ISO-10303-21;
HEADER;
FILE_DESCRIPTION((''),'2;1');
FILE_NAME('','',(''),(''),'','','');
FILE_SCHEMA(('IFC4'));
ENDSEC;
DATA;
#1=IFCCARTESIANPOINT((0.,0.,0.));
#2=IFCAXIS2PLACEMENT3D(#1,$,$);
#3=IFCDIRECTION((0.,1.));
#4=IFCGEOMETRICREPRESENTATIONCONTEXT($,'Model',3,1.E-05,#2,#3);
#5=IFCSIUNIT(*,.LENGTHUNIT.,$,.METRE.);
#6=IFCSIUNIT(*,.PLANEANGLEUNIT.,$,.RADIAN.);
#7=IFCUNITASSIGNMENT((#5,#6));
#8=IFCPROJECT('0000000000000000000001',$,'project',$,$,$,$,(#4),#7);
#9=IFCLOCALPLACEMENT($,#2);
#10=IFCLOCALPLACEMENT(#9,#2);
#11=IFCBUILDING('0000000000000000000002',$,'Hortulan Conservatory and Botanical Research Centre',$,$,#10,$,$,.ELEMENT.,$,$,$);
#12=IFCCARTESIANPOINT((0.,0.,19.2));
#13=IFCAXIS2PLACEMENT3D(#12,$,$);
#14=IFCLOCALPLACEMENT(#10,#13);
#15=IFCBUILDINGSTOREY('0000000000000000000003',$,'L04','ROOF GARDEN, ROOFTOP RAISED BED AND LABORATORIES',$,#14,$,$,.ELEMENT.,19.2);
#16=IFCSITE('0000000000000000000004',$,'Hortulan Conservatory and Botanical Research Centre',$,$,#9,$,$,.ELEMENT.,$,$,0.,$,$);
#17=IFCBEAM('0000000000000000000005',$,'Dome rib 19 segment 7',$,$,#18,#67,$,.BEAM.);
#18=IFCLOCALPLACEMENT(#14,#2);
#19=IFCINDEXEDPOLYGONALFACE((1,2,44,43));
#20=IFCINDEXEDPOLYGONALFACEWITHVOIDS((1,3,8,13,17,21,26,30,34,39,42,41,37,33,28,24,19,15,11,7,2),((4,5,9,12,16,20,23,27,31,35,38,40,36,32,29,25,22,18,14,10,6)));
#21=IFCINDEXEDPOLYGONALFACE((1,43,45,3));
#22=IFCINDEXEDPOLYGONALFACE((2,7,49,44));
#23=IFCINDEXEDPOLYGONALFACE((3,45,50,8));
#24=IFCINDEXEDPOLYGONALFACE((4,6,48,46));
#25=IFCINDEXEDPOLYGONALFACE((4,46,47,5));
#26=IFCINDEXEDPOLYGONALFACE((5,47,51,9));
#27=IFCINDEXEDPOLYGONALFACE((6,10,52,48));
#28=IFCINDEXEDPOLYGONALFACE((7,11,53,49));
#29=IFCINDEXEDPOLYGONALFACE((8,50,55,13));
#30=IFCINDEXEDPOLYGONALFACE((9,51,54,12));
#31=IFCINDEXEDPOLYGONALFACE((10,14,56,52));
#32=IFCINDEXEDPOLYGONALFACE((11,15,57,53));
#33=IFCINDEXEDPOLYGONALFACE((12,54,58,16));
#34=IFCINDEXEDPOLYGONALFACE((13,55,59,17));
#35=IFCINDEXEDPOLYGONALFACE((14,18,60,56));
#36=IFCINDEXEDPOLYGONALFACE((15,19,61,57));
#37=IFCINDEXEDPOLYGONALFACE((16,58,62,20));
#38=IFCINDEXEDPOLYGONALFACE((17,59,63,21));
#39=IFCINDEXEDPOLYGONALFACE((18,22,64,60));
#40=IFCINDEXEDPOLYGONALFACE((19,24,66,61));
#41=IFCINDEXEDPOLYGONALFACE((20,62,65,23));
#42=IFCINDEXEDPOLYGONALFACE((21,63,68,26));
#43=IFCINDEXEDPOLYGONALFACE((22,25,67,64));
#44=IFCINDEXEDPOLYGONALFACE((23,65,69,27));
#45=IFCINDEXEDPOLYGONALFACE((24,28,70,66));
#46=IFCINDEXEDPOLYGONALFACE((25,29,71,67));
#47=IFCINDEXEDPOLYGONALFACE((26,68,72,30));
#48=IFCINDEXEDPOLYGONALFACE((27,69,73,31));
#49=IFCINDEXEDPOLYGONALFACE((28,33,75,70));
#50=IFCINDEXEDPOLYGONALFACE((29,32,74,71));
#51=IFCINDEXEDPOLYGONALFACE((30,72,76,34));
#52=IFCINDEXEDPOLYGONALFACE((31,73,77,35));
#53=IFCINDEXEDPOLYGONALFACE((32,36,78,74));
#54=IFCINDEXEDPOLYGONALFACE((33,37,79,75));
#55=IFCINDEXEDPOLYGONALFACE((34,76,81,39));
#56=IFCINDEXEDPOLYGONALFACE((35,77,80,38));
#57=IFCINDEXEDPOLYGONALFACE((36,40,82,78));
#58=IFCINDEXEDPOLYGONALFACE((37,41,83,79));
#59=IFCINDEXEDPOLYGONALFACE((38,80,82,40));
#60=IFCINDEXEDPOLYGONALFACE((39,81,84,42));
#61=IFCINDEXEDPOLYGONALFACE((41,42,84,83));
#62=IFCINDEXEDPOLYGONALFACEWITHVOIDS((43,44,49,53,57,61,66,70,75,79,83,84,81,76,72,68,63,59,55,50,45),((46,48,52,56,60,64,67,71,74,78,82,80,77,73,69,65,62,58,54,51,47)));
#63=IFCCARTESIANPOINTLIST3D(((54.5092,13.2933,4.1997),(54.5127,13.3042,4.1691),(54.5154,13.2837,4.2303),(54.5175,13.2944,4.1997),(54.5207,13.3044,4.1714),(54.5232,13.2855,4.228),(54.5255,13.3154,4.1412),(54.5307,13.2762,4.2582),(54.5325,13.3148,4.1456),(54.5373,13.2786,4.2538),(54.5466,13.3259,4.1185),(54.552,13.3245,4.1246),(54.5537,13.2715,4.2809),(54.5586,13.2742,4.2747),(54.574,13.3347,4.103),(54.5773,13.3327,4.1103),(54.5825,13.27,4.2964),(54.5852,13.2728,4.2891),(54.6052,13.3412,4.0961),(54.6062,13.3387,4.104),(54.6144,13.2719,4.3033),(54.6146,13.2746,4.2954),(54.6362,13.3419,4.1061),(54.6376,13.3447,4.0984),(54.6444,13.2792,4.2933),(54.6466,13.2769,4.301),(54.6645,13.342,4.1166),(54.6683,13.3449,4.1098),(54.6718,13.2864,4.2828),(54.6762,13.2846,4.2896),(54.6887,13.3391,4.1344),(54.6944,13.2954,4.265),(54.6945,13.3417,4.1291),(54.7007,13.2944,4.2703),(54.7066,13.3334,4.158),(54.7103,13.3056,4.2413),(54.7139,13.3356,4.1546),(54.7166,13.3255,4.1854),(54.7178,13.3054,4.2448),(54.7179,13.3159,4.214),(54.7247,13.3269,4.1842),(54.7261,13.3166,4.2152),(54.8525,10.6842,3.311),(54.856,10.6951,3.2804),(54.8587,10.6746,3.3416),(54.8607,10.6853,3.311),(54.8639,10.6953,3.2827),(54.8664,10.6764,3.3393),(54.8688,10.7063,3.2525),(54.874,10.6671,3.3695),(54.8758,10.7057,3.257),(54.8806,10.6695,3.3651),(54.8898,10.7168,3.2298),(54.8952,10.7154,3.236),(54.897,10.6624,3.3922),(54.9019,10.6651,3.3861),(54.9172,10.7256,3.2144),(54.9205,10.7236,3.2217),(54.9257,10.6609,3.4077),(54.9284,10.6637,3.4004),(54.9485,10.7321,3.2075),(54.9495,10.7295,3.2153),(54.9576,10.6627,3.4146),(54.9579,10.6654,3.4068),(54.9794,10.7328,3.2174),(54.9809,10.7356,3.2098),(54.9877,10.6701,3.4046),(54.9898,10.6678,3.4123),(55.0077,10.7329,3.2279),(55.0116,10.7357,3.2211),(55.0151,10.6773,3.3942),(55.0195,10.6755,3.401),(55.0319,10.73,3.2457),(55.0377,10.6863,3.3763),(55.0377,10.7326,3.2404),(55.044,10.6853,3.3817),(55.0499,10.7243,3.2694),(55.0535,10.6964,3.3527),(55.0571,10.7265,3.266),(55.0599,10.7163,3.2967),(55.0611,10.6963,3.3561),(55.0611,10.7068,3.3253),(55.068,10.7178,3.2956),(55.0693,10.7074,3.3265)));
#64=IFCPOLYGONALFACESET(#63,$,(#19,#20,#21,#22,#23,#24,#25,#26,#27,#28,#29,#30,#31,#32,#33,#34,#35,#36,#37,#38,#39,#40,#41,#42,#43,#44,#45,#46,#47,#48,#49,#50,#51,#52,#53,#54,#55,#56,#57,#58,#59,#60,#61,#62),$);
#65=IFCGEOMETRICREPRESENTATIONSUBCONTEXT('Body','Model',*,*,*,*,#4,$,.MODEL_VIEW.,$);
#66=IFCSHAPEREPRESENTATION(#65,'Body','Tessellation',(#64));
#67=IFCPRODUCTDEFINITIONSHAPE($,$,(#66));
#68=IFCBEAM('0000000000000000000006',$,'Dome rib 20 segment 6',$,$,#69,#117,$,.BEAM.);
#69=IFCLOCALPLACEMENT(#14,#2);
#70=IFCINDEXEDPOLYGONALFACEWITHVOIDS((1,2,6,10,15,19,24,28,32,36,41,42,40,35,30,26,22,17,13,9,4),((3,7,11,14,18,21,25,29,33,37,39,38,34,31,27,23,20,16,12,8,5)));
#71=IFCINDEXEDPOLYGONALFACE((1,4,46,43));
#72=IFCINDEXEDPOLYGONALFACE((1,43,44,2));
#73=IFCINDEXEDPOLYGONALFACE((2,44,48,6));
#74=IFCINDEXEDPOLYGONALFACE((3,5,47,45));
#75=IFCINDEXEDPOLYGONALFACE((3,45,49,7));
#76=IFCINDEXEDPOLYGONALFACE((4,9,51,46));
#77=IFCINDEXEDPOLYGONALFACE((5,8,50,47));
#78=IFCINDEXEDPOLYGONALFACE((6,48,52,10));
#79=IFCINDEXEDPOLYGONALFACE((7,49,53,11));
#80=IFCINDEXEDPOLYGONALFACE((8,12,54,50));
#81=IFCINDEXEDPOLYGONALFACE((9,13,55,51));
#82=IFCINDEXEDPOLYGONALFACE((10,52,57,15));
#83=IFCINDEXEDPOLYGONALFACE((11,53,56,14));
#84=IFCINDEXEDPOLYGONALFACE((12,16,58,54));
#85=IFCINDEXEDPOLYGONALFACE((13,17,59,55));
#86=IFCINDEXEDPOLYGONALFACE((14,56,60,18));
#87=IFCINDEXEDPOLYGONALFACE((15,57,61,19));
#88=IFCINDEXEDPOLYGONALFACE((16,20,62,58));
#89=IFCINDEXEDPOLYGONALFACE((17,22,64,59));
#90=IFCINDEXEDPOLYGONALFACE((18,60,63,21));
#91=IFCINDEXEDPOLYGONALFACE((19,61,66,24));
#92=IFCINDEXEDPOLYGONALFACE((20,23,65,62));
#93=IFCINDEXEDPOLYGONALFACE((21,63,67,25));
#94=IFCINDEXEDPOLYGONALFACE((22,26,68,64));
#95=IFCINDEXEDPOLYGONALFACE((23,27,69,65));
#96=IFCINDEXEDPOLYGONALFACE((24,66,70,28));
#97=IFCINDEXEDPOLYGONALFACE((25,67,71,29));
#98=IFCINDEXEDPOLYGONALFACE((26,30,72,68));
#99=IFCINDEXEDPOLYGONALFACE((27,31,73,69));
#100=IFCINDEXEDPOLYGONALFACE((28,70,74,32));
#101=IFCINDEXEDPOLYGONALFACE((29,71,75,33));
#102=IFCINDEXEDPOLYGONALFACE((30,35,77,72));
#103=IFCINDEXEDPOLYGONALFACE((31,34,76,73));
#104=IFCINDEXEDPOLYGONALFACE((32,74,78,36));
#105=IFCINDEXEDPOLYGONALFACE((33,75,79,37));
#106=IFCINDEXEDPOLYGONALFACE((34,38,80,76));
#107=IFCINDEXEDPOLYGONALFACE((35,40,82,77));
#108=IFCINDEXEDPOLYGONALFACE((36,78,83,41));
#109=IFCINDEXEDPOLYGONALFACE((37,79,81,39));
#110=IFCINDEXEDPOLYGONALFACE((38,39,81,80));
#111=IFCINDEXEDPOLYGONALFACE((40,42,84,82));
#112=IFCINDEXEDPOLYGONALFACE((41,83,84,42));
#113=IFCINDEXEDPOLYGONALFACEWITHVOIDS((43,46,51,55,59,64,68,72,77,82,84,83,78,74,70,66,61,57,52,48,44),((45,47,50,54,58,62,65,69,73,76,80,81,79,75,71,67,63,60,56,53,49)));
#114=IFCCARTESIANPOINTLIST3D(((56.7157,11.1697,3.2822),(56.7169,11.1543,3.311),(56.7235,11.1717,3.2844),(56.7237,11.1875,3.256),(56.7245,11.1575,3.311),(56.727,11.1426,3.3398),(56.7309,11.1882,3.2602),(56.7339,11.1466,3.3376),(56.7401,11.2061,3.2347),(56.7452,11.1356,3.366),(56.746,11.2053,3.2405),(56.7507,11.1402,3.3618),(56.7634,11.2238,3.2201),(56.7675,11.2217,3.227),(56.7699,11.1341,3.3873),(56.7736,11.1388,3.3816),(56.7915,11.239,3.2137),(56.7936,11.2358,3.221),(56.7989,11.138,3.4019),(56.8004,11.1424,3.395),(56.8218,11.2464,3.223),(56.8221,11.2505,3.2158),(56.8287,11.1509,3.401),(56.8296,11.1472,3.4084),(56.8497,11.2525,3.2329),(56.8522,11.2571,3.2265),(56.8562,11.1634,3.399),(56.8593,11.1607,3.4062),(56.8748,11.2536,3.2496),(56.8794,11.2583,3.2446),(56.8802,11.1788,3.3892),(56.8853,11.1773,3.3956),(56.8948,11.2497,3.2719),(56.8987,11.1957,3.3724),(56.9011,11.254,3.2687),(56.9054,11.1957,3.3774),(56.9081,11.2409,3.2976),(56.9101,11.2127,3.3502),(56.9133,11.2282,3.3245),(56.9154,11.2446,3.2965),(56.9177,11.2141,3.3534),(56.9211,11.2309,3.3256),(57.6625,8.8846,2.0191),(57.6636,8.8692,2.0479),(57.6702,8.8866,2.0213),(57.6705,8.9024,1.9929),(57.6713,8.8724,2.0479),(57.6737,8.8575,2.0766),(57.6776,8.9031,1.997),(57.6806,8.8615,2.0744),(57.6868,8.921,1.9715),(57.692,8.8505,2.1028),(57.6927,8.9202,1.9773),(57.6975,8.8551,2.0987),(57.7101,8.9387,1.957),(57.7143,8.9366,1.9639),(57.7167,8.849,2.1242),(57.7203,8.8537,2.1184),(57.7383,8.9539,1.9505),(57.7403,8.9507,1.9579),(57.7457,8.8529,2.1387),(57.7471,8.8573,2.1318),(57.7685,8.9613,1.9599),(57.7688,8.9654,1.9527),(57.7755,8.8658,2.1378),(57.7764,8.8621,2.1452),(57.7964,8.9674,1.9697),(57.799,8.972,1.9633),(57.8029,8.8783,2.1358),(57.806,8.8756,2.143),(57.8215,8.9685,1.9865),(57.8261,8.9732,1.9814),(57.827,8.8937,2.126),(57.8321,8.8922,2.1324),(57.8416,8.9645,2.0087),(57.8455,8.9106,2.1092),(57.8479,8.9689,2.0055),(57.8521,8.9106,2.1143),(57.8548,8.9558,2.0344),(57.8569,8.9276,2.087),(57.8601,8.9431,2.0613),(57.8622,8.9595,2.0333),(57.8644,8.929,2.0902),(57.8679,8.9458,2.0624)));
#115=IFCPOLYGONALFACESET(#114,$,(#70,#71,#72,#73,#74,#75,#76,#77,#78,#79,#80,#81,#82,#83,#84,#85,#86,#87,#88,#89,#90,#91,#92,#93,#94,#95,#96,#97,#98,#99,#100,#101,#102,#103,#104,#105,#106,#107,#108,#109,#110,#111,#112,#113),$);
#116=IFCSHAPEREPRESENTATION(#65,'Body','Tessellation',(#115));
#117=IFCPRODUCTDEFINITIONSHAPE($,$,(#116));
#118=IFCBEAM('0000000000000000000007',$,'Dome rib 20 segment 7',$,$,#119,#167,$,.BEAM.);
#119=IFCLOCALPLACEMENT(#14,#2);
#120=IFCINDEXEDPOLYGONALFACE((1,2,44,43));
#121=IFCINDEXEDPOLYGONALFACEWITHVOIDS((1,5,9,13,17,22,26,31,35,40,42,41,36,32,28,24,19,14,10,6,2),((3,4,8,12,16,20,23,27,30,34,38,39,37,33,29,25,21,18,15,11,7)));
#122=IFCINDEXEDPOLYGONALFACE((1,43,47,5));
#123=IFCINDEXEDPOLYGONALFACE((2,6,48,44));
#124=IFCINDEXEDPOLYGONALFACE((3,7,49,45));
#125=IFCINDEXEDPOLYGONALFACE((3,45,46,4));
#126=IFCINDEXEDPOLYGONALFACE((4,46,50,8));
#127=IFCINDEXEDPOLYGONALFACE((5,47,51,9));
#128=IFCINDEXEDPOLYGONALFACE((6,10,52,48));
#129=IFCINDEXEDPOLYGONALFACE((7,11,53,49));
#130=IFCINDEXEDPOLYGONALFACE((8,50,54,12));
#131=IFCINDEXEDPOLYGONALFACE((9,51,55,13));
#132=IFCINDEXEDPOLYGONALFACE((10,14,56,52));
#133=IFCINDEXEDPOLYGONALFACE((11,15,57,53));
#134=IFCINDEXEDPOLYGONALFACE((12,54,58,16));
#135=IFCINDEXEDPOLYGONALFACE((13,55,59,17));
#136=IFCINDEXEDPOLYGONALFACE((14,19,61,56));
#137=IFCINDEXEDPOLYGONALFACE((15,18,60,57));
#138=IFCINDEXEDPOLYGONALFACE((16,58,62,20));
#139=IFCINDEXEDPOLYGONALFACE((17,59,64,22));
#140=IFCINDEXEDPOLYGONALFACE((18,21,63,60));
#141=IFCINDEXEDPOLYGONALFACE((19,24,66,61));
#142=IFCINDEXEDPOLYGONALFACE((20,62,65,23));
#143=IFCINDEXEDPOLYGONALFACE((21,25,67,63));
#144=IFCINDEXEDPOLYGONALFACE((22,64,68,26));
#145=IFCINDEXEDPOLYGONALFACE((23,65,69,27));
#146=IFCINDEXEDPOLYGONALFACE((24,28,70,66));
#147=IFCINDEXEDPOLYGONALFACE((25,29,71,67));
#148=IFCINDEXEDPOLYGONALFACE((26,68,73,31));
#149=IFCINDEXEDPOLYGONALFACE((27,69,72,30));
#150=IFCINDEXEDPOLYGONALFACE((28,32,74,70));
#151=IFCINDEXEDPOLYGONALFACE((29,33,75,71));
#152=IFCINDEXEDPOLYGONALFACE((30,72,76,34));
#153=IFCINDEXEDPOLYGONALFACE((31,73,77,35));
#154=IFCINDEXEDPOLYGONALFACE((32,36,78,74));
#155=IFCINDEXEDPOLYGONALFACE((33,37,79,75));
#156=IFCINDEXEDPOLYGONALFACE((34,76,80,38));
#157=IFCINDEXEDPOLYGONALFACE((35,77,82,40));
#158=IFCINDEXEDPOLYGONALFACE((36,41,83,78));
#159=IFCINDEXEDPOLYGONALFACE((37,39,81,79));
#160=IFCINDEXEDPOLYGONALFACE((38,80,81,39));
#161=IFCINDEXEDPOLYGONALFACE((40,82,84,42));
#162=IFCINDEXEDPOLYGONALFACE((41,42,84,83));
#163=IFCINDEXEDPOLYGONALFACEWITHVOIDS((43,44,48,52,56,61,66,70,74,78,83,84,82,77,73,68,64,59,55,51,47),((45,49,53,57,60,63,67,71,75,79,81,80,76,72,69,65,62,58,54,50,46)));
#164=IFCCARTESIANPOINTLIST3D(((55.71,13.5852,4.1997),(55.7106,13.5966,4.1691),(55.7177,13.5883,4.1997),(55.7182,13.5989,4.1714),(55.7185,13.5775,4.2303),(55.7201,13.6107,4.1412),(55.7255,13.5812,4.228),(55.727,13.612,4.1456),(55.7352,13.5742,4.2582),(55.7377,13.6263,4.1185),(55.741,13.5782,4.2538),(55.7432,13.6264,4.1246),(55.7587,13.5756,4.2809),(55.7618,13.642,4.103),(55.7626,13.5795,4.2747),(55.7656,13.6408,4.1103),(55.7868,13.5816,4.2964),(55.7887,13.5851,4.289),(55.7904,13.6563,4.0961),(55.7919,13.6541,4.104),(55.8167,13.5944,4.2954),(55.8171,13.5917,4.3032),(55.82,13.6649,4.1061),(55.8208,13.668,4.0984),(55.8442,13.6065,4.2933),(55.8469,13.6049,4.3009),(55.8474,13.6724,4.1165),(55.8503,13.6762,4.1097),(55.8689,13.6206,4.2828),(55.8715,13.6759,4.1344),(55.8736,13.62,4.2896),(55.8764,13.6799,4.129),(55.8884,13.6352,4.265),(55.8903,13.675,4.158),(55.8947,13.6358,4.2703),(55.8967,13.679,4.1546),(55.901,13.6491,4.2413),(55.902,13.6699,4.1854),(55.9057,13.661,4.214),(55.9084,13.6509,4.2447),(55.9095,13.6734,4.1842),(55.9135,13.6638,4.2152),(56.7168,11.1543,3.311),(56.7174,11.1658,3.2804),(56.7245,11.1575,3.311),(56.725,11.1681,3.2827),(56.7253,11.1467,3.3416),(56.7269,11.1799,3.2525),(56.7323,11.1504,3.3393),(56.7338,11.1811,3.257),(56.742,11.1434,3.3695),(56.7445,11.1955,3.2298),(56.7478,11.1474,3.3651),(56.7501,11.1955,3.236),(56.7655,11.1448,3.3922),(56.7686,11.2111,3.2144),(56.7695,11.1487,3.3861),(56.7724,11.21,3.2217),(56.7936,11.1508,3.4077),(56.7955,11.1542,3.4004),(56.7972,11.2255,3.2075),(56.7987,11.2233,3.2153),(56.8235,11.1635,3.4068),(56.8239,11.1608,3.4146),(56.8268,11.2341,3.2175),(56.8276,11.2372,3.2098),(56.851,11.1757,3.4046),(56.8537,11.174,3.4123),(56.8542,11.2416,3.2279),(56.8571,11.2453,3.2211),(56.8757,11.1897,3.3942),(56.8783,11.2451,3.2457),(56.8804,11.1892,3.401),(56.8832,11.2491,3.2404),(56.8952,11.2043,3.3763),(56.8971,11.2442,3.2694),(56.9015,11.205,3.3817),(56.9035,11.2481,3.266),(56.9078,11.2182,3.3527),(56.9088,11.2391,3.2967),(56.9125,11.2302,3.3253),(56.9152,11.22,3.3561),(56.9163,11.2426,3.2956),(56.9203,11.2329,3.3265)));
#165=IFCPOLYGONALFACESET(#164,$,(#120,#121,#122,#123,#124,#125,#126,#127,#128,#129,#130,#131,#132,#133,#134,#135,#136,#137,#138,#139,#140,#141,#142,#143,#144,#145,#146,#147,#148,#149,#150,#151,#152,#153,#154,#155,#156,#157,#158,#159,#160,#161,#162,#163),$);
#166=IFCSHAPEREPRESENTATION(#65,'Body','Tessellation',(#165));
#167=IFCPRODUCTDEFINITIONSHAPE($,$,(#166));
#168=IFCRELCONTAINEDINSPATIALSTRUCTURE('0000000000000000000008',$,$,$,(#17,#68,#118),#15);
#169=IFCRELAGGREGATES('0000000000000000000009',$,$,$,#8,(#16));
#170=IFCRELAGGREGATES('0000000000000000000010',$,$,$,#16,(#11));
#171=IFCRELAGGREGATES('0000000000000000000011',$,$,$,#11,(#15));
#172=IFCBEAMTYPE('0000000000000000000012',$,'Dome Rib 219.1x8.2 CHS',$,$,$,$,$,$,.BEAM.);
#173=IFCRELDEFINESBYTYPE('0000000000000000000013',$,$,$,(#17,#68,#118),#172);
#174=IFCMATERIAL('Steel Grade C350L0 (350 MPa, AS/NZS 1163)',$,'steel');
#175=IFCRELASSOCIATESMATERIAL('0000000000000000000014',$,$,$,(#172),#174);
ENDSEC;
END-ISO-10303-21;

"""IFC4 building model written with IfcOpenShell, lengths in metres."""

from ifc_helpers import new_model, si_unit, direction, frame, origin, origin_2d, place, context, subcontext, project, spatial, hollow_circle, extrude, material, material_profile, profile_set, type_object, element, save


model = new_model("IFC4")

# Units and contexts
model_context = context("Model", 3, precision=1e-05, world=origin(), true_north=direction((0.0, 1.0)))
body_context = subcontext(model_context, "Body", "Model", "MODEL_VIEW")
ifc_project = project(units=[si_unit("LENGTHUNIT", "METRE"), si_unit("PLANEANGLEUNIT", "RADIAN")], contexts=[model_context])

# Site, building, storey
site_placement = place(None, origin())
site = spatial("IfcSite", under=ifc_project, at=site_placement, Name="Hortulan Conservatory and Botanical Research Centre", CompositionType="ELEMENT", RefElevation=0.0)
building_placement = place(site_placement, origin())
building = spatial("IfcBuilding", under=site, at=building_placement, Name="Hortulan Conservatory and Botanical Research Centre", CompositionType="ELEMENT")
storey_placement = place(building_placement, frame((0.0, 0.0, 19.2)))
storey = spatial("IfcBuildingStorey", under=building, at=storey_placement, Name="L04", Description="ROOF GARDEN, ROOFTOP RAISED BED AND LABORATORIES", CompositionType="ELEMENT", Elevation=19.2)

# Beams
ifc_material_1 = material(Name="Steel Grade C350L0 (350 MPa, AS/NZS 1163)", Category="steel")
ifc_material_profile_1 = material_profile(ifc_material_1, hollow_circle(Radius=0.1096, WallThickness=0.0083, at=origin_2d()), Name="219.1x8.2CHS")
ifc_profile_set_1 = profile_set([ifc_material_profile_1], Name="Steel Grade C350L0 (350 MPa, AS/NZS 1163)")
beam_type = type_object("IfcBeamType", Name="Dome Rib 219.1x8.2 CHS", PredefinedType="BEAM", material=ifc_profile_set_1)
for number, where, z_axis, x_axis, name in (
    (1, (54.9612, 10.6985, 3.311), (-0.123582, 0.939343, 0.319941), (-0.991457, -0.130438, 0.0), "Dome rib 19 segment 7"),
):
    element("IfcBeam", number, at=place(storey_placement, frame(where, z_axis=z_axis, x_axis=x_axis)), inside=storey, type_object=beam_type, Name=name, PredefinedType="BEAM", context=body_context, shape_type="SweptSolid", body=[
        extrude(hollow_circle(Radius=0.1096, WallThickness=0.0083, at=origin_2d()), origin(), (0.0, 0.0, 1.0), 2.7776),
    ])
beam_1_placement = place(storey_placement, frame((57.7649, 8.9111, 2.0479), z_axis=(-0.340886, 0.822768, 0.454808), x_axis=(-0.923846, -0.382764, 0.0)))
element("IfcBeam", 2, at=beam_1_placement, inside=storey, type_object=beam_type, Name="Dome rib 20 segment 6", PredefinedType="BEAM", context=body_context, shape_type="SweptSolid", body=[
    extrude(hollow_circle(Radius=0.1096, WallThickness=0.0083, at=origin_2d()), origin(), (0.0, 0.0, 1.0), 2.7773),
])
beam_2_placement = place(storey_placement, frame((56.8181, 11.1963, 3.311), z_axis=(-0.362538, 0.875313, 0.31999), x_axis=(-0.92389, -0.382658, 0.0)))
element("IfcBeam", 3, at=beam_2_placement, inside=storey, type_object=beam_type, Name="Dome rib 20 segment 7", PredefinedType="BEAM", context=body_context, shape_type="SweptSolid", body=[
    extrude(hollow_circle(Radius=0.1096, WallThickness=0.0083, at=origin_2d()), origin(), (0.0, 0.0, 1.0), 2.7771),
])

save(model, "model.ifc")
